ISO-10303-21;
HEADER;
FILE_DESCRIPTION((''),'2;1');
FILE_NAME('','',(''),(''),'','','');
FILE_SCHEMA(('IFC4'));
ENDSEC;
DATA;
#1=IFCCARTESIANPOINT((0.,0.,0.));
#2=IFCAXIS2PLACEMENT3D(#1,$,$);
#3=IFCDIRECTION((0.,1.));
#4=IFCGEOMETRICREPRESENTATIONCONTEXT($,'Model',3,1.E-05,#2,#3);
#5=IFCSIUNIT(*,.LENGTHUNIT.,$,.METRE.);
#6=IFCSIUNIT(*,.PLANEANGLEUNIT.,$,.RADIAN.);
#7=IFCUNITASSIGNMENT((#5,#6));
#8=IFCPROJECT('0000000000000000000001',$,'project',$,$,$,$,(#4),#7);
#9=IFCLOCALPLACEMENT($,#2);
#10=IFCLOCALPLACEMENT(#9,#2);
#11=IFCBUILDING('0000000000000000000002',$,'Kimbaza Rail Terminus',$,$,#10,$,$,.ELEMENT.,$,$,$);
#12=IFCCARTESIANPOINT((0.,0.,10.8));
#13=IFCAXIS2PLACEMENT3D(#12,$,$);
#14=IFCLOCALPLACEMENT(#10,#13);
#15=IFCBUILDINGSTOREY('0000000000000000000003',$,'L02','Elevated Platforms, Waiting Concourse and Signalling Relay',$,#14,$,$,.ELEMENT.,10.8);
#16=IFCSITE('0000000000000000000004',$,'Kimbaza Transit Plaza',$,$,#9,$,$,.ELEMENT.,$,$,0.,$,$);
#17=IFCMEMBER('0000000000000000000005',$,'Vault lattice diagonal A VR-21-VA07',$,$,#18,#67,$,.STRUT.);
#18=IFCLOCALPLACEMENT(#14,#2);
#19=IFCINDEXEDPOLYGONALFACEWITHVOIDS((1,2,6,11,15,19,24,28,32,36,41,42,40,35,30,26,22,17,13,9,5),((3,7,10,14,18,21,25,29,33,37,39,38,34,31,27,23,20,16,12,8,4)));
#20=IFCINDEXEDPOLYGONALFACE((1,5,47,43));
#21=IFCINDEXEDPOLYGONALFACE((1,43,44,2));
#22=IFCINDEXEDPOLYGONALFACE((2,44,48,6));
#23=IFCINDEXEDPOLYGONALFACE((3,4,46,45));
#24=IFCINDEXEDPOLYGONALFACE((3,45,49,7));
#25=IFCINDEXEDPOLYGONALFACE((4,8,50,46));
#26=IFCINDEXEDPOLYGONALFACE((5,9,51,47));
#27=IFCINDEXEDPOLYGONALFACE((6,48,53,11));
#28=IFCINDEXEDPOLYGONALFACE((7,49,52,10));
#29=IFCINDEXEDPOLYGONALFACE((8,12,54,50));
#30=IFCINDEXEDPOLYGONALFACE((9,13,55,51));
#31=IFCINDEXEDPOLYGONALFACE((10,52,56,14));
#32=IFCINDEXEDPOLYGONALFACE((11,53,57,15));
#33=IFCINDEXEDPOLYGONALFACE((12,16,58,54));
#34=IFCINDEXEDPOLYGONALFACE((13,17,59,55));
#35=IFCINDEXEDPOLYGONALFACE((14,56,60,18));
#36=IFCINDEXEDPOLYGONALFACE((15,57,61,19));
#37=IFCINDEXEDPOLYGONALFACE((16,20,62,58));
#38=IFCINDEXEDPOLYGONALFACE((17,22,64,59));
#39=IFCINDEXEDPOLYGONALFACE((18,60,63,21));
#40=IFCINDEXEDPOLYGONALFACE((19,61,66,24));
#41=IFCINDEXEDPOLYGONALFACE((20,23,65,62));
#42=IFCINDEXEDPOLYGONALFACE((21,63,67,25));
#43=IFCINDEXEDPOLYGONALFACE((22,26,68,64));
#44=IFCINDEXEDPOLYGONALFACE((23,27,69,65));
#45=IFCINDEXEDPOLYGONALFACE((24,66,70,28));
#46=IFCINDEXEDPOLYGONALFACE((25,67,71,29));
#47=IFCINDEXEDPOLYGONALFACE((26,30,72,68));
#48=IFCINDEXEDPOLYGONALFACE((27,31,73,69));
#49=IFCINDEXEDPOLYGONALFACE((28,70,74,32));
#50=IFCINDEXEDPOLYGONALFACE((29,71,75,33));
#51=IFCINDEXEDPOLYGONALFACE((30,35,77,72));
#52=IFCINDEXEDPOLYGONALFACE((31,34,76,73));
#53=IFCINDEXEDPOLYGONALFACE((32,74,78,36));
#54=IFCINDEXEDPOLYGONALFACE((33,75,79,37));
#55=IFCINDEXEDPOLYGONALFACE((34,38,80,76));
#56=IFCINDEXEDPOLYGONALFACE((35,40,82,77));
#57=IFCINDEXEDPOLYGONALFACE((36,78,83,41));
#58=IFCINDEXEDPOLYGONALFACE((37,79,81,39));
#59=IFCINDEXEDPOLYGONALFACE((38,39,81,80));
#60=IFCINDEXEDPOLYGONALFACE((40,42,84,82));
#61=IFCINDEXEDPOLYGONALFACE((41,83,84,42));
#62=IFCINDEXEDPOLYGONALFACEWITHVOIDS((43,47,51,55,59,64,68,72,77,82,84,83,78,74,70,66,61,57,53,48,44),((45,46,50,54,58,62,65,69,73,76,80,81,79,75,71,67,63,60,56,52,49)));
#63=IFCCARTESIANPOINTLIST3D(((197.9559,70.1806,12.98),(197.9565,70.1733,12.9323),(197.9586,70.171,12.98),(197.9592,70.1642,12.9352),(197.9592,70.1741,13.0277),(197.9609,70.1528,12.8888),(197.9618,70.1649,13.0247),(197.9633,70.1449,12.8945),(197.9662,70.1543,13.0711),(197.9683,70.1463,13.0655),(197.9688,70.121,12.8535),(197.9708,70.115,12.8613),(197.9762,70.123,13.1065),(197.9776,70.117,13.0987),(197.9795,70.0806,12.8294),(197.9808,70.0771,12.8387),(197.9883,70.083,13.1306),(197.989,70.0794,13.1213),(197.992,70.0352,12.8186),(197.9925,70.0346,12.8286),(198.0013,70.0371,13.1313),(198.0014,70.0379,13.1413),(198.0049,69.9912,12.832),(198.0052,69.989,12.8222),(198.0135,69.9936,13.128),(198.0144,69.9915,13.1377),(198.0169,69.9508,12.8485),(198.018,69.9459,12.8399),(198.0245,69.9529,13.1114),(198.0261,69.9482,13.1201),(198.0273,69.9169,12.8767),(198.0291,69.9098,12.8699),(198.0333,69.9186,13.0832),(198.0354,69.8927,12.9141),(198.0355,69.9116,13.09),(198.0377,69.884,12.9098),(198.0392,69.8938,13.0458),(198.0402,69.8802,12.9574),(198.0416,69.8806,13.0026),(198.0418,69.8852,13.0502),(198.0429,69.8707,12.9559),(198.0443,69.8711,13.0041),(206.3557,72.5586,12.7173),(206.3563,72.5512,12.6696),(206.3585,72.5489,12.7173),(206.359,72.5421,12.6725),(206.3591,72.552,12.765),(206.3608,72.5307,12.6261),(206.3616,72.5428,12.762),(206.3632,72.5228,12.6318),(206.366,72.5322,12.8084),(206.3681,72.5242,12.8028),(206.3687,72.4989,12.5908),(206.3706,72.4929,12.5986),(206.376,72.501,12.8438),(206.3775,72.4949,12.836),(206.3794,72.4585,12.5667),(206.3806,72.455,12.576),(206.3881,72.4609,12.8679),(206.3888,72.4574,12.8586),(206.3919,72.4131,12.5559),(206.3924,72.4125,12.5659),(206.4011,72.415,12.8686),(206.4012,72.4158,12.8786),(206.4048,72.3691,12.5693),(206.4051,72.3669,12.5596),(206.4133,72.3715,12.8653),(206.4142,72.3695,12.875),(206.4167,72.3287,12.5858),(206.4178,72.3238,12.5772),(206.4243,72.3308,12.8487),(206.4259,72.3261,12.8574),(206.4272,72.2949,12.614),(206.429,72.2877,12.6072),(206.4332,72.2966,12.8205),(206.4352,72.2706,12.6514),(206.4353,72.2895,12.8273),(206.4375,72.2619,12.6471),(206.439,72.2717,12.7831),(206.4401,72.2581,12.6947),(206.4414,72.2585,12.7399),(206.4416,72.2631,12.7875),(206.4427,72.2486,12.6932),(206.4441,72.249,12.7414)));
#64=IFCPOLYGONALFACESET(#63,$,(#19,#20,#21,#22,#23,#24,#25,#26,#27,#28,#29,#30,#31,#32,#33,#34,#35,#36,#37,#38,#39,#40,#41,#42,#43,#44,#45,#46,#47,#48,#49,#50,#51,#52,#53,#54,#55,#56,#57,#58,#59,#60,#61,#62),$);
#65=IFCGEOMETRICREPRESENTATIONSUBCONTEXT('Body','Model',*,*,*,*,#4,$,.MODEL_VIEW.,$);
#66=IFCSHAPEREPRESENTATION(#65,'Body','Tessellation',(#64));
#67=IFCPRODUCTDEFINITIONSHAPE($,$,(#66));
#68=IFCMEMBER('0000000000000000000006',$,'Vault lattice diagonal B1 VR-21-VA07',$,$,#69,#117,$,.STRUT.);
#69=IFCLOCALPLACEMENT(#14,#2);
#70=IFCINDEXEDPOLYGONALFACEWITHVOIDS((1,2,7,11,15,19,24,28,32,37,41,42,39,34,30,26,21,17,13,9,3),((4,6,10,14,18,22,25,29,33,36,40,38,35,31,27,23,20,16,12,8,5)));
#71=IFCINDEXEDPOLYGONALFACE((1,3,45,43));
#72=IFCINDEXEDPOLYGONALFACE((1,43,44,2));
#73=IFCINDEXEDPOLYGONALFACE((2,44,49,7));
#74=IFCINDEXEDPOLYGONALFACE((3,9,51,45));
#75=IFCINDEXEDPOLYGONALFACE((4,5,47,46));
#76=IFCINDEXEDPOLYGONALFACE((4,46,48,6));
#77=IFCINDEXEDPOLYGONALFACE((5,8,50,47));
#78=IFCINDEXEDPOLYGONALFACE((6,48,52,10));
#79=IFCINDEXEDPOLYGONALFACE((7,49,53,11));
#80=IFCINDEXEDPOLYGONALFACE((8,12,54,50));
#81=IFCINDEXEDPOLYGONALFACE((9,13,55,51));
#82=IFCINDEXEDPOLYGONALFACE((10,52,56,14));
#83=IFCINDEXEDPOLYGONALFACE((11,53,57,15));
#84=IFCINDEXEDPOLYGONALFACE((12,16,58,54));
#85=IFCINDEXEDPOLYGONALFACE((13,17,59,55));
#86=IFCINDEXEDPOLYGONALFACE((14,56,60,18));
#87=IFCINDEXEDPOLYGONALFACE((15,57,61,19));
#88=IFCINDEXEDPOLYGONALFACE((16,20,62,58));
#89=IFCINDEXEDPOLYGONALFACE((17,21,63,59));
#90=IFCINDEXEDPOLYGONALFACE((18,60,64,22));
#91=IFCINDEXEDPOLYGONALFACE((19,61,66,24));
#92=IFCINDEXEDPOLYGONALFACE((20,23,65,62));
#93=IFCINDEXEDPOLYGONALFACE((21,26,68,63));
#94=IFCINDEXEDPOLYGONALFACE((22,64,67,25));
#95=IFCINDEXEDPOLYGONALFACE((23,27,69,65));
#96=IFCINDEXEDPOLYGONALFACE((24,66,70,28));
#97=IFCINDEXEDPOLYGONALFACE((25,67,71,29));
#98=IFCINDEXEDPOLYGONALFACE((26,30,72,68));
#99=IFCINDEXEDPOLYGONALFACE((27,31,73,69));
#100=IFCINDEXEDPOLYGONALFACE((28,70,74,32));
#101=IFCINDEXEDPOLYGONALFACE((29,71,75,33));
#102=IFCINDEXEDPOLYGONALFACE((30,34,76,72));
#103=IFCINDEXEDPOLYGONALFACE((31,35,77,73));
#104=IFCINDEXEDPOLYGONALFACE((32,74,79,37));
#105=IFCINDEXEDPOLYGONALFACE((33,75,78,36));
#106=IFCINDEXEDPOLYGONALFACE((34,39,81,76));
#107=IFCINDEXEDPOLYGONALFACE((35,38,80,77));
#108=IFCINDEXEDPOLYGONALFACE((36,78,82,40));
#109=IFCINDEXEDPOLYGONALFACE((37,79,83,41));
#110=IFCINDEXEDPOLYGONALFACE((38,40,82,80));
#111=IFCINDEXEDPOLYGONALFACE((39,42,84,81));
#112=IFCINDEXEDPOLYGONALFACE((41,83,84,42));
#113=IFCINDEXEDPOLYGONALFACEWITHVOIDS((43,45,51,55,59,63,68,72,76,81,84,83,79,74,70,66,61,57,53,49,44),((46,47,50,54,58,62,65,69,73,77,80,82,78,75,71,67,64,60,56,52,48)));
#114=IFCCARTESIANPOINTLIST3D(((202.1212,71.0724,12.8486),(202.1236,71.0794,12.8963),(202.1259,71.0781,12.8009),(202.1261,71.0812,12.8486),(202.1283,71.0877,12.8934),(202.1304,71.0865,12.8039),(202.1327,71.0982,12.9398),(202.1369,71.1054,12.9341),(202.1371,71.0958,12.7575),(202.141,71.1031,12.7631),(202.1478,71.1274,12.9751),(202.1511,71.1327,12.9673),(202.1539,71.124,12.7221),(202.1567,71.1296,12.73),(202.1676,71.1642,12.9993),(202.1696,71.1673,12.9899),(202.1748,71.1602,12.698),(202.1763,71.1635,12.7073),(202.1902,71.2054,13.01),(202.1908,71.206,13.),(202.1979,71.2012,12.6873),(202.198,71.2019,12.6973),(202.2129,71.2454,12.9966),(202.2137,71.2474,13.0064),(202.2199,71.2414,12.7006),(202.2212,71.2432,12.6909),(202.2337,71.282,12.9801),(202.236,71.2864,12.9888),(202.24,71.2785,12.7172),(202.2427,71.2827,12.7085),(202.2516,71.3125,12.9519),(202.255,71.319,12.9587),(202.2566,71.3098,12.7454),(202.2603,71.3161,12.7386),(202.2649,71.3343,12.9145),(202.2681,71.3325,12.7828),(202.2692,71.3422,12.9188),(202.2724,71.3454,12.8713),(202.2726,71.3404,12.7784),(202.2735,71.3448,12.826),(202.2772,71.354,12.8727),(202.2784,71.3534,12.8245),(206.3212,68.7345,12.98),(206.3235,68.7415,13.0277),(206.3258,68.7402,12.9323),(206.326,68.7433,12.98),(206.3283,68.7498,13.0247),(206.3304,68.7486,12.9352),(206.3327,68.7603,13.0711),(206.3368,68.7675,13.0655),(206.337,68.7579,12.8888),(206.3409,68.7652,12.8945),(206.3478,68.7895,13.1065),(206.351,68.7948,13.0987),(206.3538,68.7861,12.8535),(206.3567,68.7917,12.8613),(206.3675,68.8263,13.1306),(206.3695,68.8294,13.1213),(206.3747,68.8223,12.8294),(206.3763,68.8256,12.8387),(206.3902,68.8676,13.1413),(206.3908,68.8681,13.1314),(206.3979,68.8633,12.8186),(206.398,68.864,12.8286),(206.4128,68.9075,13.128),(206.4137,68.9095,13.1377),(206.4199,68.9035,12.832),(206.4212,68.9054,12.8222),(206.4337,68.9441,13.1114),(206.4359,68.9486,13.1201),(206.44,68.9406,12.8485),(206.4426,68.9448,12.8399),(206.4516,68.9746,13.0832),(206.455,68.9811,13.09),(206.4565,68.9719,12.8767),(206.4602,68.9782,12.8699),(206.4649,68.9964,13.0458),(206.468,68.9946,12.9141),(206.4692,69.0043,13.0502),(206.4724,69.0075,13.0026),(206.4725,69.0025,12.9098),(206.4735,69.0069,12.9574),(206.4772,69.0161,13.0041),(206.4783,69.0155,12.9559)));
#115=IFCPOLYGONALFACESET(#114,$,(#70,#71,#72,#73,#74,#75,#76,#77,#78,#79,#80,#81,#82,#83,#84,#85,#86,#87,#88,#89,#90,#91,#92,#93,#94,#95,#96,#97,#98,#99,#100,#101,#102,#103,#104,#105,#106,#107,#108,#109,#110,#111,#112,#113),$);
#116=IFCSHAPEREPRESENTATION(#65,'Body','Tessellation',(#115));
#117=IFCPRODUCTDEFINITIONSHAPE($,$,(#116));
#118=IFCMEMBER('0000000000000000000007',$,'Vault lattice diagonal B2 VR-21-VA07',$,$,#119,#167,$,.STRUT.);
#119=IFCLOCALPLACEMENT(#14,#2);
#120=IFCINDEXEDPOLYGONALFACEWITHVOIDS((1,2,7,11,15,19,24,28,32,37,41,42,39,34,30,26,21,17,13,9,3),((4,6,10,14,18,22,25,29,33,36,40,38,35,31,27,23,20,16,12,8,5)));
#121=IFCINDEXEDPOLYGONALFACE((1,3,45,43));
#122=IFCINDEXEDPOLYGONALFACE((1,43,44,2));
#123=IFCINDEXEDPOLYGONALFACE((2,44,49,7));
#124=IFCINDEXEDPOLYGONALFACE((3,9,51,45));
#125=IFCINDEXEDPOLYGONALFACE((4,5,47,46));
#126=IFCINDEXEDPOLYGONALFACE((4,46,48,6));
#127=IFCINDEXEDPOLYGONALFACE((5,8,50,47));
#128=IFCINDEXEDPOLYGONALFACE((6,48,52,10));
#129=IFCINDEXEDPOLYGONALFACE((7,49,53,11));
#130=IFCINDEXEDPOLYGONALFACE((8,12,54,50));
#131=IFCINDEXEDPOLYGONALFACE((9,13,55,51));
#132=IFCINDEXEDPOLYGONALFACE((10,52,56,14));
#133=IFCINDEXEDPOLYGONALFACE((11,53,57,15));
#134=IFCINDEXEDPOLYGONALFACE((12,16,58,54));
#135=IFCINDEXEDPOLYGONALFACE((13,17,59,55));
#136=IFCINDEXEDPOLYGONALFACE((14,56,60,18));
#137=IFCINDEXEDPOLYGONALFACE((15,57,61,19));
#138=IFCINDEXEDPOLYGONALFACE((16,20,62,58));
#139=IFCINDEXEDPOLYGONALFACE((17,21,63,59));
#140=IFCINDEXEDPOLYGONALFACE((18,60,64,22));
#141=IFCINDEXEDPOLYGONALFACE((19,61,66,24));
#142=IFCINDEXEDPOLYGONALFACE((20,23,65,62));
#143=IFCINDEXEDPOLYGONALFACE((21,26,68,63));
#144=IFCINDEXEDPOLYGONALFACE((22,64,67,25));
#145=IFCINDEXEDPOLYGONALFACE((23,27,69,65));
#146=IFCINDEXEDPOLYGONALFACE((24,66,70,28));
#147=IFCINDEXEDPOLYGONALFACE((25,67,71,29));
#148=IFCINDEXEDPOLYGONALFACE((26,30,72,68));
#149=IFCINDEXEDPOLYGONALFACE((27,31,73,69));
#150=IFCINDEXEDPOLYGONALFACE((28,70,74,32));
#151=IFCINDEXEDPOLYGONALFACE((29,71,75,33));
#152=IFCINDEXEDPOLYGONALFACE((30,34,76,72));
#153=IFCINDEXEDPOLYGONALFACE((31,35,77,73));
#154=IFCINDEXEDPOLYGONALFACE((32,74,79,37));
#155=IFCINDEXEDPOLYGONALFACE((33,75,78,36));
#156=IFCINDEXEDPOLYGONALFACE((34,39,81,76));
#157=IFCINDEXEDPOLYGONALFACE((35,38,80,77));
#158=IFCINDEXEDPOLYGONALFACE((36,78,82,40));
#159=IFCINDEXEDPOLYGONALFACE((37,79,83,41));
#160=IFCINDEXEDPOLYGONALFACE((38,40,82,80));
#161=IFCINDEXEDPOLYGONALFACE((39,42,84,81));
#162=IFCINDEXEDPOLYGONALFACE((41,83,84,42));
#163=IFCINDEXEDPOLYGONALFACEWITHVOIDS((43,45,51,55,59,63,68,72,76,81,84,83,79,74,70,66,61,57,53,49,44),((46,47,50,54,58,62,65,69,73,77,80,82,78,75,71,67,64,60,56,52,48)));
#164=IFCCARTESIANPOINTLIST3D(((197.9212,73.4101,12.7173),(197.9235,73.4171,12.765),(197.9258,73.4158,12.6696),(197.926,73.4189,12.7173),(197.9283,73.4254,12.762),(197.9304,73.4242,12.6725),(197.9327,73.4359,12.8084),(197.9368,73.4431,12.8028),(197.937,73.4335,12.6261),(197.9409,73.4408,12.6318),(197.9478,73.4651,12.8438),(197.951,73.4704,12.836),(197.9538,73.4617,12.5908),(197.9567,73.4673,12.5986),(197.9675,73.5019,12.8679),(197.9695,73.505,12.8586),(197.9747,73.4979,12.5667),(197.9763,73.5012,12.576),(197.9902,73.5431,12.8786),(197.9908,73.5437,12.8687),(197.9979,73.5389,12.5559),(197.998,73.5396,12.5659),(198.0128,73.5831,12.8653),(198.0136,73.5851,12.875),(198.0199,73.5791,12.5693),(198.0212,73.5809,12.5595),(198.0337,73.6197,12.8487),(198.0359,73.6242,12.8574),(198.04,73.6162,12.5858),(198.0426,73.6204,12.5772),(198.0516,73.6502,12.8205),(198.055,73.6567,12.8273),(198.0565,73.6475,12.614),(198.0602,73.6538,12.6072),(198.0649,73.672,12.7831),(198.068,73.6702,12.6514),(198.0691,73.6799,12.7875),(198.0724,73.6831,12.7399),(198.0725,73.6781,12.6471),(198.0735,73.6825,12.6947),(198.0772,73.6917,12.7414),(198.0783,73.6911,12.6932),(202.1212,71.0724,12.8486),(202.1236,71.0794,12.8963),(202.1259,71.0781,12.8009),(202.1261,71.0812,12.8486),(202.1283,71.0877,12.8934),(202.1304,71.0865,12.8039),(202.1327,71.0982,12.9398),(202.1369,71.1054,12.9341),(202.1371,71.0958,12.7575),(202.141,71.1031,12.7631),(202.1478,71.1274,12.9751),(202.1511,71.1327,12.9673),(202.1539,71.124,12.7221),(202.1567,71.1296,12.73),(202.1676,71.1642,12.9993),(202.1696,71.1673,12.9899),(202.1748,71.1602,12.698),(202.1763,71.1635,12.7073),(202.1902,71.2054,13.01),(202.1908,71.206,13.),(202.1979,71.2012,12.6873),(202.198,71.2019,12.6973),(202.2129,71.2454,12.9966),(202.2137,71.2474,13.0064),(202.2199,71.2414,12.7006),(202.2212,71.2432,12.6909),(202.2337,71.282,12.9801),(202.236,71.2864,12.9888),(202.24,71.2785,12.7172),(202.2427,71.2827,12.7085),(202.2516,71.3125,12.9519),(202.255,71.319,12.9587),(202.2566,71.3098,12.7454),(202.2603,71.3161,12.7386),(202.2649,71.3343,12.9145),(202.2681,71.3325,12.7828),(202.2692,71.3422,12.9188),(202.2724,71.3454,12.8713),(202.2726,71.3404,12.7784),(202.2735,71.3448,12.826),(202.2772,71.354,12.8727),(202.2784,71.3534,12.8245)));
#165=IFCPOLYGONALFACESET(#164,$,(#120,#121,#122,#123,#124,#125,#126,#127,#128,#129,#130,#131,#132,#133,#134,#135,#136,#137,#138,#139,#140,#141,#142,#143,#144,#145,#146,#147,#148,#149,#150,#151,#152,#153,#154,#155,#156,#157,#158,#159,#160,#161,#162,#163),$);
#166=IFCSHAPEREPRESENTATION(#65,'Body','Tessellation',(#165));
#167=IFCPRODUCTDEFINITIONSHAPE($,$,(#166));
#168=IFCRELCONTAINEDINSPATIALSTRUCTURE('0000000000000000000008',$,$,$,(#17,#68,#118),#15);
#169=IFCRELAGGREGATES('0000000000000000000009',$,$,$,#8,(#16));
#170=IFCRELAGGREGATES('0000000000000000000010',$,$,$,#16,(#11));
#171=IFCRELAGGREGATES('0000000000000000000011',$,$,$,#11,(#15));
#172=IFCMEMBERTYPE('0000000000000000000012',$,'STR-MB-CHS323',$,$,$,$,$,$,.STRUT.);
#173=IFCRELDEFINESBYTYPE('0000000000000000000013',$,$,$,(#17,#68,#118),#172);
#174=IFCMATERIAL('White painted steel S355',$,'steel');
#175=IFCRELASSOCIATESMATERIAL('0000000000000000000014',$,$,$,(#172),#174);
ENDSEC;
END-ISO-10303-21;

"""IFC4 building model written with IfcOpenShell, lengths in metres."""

from ifc_helpers import new_model, si_unit, direction, frame, origin, origin_2d, place, context, subcontext, project, spatial, hollow_circle, extrude, material, material_profile, profile_set, type_object, element, save


model = new_model("IFC4")

# Units and contexts
model_context = context("Model", 3, precision=1e-05, world=origin(), true_north=direction((0.0, 1.0)))
body_context = subcontext(model_context, "Body", "Model", "MODEL_VIEW")
ifc_project = project(units=[si_unit("LENGTHUNIT", "METRE"), si_unit("PLANEANGLEUNIT", "RADIAN")], contexts=[model_context])

# Site, building, storey
site_placement = place(None, origin())
site = spatial("IfcSite", under=ifc_project, at=site_placement, Name="Kimbaza Transit Plaza", CompositionType="ELEMENT", RefElevation=0.0)
building_placement = place(site_placement, origin())
building = spatial("IfcBuilding", under=site, at=building_placement, Name="Kimbaza Rail Terminus", CompositionType="ELEMENT")
storey_placement = place(building_placement, frame((0.0, 0.0, 10.8)))
storey = spatial("IfcBuildingStorey", under=building, at=storey_placement, Name="L02", Description="Elevated Platforms, Waiting Concourse and Signalling Relay", CompositionType="ELEMENT", Elevation=10.8)

# Members
ifc_material_1 = material(Name="White painted steel S355", Category="steel")
ifc_material_profile_1 = material_profile(ifc_material_1, hollow_circle(Radius=0.1619, WallThickness=0.01, at=origin_2d()), Name="CHS 323.9x10")
ifc_profile_set_1 = profile_set([ifc_material_profile_1], Name="White painted steel S355")
member_type_1 = type_object("IfcMemberType", Name="STR-MB-CHS323", PredefinedType="STRUT", material=ifc_profile_set_1)
member_1_placement = place(storey_placement, frame((198.0, 70.0249, 12.98), z_axis=(0.961753, 0.272263, -0.030077), x_axis=(-0.272386, 0.962188, 0.0)))
element("IfcMember", 1, at=member_1_placement, inside=storey, type_object=member_type_1, Name="Vault lattice diagonal A VR-21-VA07", PredefinedType="STRUT", context=body_context, shape_type="SweptSolid", body=[
    extrude(hollow_circle(Radius=0.1619, WallThickness=0.01, at=origin_2d()), origin(), (0.0, 0.0, 1.0), 8.7339),
])
for number, where, z_axis, x_axis, name in (
    (2, (206.3999, 68.876, 12.98), (-0.873426, 0.48619, -0.027315), (-0.486372, -0.873752, 0.0), "Vault lattice diagonal B1 VR-21-VA07"),
    (3, (202.2, 71.2139, 12.8486), (-0.873448, 0.486151, -0.027316), (-0.486333, -0.873774, 0.0), "Vault lattice diagonal B2 VR-21-VA07"),
):
    element("IfcMember", number, at=place(storey_placement, frame(where, z_axis=z_axis, x_axis=x_axis)), inside=storey, type_object=member_type_1, Name=name, PredefinedType="STRUT", context=body_context, shape_type="SweptSolid", body=[
        extrude(hollow_circle(Radius=0.1619, WallThickness=0.01, at=origin_2d()), origin(), (0.0, 0.0, 1.0), 4.8086),
    ])

save(model, "model.ifc")
